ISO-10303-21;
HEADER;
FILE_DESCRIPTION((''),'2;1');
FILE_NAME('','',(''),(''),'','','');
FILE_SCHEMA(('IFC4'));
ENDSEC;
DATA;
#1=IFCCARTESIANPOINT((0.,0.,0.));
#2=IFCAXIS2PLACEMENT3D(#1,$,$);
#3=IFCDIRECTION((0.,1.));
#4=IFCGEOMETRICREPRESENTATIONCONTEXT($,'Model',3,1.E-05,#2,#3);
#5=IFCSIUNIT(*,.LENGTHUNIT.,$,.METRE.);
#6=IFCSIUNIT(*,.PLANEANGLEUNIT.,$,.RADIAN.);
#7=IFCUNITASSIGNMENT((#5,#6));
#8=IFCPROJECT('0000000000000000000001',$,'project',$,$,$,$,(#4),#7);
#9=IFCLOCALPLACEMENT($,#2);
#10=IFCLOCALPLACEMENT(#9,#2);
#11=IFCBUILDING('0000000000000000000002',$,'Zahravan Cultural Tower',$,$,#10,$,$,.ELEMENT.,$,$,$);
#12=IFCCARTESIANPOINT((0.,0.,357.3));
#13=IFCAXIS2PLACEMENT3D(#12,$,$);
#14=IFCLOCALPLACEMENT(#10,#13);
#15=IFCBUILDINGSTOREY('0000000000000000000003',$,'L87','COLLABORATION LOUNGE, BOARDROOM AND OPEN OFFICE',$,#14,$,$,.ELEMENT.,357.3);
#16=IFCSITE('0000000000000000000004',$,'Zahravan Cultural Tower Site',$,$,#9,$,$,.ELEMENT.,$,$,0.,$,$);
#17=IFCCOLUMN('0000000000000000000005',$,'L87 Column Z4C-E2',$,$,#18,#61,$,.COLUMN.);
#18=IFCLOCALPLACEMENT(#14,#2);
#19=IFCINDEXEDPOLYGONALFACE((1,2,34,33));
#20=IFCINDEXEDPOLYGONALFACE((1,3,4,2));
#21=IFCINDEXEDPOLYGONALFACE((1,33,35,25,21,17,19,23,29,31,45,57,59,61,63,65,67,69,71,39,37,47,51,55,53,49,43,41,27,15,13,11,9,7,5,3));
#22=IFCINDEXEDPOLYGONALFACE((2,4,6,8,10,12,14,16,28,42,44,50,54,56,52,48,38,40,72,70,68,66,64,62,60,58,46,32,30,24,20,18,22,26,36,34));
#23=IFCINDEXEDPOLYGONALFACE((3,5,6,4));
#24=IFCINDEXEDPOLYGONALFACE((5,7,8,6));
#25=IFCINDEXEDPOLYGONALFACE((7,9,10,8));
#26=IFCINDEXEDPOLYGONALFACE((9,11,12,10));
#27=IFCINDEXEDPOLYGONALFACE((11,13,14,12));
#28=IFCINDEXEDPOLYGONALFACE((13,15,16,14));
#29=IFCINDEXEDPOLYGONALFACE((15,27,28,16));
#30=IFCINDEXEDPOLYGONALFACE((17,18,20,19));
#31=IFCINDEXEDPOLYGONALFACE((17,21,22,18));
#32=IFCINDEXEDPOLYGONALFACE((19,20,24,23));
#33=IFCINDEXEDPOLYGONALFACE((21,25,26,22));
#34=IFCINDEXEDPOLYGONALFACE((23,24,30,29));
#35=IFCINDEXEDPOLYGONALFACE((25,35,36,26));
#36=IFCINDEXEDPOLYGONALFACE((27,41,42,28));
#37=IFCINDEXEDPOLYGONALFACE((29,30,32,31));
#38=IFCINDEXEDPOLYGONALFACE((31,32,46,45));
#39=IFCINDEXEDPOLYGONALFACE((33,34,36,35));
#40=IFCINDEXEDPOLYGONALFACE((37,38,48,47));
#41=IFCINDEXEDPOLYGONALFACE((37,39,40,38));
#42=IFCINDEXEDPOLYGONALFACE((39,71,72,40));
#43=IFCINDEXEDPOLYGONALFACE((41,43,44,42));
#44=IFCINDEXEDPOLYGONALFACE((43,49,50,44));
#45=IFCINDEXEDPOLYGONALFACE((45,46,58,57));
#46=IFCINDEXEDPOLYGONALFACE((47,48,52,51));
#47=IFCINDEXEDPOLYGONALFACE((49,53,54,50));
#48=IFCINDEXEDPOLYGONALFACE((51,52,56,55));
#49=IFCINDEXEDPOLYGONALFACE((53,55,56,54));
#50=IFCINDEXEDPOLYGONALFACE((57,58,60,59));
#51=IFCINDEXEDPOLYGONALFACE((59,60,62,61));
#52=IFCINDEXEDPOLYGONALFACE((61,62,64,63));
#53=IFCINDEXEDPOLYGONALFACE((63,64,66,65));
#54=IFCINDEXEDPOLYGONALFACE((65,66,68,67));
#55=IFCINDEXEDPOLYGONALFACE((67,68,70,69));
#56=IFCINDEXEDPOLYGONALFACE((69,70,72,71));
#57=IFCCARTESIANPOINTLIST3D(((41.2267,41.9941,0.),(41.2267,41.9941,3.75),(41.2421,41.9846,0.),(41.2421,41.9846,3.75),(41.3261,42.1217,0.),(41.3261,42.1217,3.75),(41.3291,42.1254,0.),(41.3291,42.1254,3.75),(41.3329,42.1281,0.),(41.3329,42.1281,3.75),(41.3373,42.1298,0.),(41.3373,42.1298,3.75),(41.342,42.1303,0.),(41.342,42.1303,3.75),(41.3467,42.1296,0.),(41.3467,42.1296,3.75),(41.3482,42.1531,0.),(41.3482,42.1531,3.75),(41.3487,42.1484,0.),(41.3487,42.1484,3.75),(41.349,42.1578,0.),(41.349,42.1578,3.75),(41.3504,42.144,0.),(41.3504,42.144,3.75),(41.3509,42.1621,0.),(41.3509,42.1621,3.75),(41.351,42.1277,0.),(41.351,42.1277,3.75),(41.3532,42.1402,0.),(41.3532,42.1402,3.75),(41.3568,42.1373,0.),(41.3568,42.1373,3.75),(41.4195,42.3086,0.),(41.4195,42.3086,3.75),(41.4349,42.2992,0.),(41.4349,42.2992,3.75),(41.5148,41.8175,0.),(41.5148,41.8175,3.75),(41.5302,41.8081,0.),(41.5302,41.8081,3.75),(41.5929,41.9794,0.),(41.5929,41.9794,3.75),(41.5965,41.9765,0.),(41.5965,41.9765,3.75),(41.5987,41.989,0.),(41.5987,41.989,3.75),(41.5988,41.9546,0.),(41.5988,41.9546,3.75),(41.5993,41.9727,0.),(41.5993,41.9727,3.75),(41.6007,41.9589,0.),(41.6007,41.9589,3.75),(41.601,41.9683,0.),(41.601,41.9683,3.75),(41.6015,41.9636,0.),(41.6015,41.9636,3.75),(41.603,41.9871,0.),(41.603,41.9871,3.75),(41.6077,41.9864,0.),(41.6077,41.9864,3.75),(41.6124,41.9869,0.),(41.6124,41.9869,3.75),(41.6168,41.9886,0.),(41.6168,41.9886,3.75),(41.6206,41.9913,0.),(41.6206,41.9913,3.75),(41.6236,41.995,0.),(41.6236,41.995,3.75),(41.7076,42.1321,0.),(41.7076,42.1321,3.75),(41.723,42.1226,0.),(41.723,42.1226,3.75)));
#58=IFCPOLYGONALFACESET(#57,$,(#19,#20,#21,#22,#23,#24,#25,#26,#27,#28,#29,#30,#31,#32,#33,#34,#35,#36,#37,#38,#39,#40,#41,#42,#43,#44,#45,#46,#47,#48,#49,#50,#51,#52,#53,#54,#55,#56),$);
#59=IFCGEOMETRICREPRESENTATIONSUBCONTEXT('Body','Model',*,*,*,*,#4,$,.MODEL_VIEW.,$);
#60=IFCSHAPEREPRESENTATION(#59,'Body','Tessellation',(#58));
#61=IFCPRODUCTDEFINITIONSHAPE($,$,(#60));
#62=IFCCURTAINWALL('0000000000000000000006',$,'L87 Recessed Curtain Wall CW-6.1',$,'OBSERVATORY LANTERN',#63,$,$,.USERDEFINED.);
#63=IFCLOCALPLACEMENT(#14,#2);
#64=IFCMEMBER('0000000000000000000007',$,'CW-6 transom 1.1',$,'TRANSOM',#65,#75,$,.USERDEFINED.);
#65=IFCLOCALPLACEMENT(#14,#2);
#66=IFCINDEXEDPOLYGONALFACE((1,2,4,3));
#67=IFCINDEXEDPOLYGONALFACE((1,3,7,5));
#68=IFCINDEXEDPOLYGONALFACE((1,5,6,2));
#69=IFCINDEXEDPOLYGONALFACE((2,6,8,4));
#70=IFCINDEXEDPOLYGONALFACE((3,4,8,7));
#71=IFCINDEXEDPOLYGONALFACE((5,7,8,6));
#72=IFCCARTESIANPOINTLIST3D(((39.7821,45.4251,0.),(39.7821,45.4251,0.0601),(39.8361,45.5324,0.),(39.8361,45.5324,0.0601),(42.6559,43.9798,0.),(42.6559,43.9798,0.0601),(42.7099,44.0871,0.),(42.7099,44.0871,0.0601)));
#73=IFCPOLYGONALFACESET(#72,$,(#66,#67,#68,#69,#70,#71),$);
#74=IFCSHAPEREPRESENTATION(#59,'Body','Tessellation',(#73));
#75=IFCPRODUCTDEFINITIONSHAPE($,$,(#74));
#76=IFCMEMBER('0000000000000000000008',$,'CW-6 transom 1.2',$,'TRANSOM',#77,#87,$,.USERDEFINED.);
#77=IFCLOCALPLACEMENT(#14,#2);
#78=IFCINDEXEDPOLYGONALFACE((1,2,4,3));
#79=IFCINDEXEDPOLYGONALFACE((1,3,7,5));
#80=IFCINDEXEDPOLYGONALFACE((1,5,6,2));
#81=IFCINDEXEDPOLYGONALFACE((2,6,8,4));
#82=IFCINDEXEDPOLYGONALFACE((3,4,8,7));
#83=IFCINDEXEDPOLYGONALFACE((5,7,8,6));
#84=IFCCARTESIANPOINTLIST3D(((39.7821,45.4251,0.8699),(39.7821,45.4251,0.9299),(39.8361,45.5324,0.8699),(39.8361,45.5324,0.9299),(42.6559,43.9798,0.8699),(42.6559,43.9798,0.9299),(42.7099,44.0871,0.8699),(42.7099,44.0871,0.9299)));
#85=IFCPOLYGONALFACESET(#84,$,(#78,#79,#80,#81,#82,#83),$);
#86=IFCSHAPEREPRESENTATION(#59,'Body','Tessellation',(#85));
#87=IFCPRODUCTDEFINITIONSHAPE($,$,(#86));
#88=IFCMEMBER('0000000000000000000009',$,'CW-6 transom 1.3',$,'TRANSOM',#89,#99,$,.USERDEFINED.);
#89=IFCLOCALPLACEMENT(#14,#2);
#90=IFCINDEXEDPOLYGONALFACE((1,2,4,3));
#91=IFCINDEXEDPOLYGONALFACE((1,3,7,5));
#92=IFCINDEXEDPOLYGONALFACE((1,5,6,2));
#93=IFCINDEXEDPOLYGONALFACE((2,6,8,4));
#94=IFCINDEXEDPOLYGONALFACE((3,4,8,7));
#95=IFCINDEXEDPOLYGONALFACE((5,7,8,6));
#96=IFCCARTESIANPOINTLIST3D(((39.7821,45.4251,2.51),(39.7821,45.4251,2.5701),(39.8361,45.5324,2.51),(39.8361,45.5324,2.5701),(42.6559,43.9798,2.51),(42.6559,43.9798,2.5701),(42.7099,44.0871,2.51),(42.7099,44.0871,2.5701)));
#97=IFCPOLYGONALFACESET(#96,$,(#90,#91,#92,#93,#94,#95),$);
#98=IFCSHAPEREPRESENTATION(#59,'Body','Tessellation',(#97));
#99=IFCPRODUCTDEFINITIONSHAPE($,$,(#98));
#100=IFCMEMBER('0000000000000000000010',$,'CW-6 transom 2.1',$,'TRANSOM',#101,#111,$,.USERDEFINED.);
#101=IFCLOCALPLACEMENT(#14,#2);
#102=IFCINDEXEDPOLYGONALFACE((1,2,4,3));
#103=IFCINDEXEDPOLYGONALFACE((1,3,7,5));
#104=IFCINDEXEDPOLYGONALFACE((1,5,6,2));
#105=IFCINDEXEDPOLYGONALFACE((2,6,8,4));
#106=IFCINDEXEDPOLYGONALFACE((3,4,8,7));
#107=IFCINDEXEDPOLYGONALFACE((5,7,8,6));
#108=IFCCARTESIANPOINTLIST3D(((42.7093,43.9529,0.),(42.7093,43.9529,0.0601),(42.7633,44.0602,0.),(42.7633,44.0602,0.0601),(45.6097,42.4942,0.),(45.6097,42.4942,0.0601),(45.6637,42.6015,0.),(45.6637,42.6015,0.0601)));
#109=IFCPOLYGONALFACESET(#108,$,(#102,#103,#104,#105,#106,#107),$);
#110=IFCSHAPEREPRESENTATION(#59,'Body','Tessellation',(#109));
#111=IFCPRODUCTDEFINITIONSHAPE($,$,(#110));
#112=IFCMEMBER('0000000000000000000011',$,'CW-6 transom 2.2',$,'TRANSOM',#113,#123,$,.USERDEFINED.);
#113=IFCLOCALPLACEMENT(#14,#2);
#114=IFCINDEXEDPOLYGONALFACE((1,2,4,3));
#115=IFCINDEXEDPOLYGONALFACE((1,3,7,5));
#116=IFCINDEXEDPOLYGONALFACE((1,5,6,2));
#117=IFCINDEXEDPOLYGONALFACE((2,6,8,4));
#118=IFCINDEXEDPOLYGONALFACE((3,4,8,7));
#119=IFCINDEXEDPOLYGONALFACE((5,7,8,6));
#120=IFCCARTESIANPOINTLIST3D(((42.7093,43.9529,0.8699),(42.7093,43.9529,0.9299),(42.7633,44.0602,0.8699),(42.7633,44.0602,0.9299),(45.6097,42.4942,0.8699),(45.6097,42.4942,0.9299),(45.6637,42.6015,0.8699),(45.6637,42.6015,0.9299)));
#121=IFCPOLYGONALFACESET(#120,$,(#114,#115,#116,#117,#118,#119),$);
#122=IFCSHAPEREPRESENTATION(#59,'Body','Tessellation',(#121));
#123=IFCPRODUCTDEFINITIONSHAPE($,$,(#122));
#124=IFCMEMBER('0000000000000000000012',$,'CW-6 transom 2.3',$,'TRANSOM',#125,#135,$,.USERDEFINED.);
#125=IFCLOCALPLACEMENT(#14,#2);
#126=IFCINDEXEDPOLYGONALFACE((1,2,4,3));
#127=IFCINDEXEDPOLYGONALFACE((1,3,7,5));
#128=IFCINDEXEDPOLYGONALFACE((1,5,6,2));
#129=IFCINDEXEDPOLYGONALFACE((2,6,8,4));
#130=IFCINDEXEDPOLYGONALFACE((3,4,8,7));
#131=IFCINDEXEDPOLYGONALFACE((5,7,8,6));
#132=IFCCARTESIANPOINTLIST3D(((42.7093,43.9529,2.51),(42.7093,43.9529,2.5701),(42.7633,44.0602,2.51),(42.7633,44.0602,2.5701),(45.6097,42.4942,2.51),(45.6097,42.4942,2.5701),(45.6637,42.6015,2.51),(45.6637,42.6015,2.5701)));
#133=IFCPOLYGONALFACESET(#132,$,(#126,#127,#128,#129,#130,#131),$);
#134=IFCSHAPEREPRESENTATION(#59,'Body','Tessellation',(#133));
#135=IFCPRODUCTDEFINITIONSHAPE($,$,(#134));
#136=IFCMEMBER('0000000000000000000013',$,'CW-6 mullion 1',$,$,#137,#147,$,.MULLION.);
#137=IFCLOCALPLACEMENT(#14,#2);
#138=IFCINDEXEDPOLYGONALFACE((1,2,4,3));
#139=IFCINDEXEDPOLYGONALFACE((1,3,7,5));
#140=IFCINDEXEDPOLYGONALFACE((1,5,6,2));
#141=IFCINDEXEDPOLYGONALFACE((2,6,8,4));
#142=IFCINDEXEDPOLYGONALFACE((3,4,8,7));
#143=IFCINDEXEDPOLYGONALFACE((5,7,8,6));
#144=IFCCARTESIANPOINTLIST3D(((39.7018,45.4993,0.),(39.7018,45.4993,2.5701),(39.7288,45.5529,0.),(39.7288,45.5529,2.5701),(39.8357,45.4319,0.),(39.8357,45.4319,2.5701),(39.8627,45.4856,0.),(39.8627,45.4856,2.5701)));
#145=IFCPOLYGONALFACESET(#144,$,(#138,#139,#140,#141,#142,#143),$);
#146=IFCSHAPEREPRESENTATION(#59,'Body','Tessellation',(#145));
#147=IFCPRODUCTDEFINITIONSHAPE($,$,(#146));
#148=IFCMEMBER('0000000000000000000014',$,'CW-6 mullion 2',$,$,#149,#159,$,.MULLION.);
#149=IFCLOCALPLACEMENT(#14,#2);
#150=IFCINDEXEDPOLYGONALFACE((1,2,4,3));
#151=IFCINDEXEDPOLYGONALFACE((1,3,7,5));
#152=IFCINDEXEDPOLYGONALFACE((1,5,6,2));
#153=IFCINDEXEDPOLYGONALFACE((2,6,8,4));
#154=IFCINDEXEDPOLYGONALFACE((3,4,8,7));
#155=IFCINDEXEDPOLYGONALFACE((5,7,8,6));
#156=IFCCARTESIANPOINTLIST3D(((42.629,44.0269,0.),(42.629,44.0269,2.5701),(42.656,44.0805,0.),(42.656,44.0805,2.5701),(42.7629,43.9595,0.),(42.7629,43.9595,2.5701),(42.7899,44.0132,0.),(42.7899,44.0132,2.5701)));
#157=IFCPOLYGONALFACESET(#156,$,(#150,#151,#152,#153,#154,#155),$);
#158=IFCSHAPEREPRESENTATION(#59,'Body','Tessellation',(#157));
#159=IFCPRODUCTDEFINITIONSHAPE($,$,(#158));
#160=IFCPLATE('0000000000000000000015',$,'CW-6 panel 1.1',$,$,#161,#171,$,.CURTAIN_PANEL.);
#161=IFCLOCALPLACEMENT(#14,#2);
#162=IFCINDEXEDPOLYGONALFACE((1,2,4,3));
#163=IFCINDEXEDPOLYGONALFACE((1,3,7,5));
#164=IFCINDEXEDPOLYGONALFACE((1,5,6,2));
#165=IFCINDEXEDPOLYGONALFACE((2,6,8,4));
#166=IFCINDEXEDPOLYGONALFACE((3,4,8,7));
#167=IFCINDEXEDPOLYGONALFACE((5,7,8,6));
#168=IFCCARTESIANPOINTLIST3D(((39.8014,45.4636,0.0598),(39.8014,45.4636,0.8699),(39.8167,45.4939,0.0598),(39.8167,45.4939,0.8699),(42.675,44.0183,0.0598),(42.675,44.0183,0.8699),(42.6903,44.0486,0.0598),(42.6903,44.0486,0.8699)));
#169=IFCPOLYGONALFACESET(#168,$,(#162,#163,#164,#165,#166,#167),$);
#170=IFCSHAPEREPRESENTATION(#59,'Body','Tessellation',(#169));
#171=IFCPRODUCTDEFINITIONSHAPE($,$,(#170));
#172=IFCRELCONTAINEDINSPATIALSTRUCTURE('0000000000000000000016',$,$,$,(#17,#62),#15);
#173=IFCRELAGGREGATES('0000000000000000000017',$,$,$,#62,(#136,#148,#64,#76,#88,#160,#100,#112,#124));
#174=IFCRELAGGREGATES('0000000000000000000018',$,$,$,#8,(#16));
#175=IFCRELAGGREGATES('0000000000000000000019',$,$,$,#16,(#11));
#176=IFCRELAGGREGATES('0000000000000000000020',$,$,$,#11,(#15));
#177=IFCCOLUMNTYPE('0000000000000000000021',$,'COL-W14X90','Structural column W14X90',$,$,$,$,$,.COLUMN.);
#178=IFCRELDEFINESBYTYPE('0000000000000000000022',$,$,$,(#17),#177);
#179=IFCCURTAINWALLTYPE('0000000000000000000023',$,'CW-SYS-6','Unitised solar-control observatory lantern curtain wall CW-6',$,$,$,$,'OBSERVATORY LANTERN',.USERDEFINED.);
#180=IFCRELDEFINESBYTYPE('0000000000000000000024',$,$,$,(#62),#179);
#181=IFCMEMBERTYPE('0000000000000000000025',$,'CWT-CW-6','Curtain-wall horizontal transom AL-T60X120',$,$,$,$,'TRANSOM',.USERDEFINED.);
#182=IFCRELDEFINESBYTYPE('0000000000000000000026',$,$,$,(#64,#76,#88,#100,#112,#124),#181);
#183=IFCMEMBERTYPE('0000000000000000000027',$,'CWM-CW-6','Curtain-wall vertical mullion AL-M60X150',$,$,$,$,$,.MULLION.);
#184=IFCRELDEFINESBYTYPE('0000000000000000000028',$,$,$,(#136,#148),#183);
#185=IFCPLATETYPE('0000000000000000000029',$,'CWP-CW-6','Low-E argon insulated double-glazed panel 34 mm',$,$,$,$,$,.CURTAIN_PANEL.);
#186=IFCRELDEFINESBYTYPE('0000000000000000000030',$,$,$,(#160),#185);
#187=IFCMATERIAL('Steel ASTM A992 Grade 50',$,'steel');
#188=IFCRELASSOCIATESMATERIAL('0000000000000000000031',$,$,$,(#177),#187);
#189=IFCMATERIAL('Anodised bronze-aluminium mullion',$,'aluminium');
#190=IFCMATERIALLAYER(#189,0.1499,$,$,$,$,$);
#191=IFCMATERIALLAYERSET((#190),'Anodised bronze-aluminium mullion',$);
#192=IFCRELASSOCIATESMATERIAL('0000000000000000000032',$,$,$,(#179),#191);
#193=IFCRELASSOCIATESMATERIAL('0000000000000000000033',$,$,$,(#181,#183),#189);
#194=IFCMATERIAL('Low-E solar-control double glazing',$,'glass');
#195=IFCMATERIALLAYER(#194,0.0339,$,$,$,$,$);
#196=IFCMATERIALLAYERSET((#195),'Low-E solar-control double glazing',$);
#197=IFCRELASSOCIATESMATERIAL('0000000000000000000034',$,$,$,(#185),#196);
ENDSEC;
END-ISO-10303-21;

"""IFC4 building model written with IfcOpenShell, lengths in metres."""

from ifc_helpers import new_model, si_unit, direction, frame, origin, origin_2d, place, context, subcontext, project, spatial, rectangle, i_section, extrude, source, transform, mapped, material, layer, layer_set, material_profile, profile_set, type_object, element, aggregate, save


model = new_model("IFC4")

# Units and contexts
model_context = context("Model", 3, precision=1e-05, world=origin(), true_north=direction((0.0, 1.0)))
body_context = subcontext(model_context, "Body", "Model", "MODEL_VIEW")
ifc_project = project(units=[si_unit("LENGTHUNIT", "METRE"), si_unit("PLANEANGLEUNIT", "RADIAN")], contexts=[model_context])

# Site, building, storey
site_placement = place(None, origin())
site = spatial("IfcSite", under=ifc_project, at=site_placement, Name="Zahravan Cultural Tower Site", CompositionType="ELEMENT", RefElevation=0.0)
building_placement = place(site_placement, origin())
building = spatial("IfcBuilding", under=site, at=building_placement, Name="Zahravan Cultural Tower", CompositionType="ELEMENT")
storey_placement = place(building_placement, frame((0.0, 0.0, 357.3)))
storey = spatial("IfcBuildingStorey", under=building, at=storey_placement, Name="L87", Description="COLLABORATION LOUNGE, BOARDROOM AND OPEN OFFICE", CompositionType="ELEMENT", Elevation=357.3)

# Column
ifc_material_1 = material(Name="Steel ASTM A992 Grade 50", Category="steel")
ifc_material_profile_1 = material_profile(ifc_material_1, i_section(OverallWidth=0.3689, OverallDepth=0.356, WebThickness=0.0112, FlangeThickness=0.0181, FilletRadius=0.0181, at=origin_2d()), Name="W14X90")
ifc_profile_set_1 = profile_set([ifc_material_profile_1], Name="Steel ASTM A992 Grade 50")
column_type = type_object("IfcColumnType", Name="COL-W14X90", Description="Structural column W14X90", PredefinedType="COLUMN", material=ifc_profile_set_1)
shared_shape_1 = source(origin(), body_context, "Body", "SweptSolid", [
    extrude(i_section(OverallWidth=0.3689, OverallDepth=0.356, WebThickness=0.0112, FlangeThickness=0.0181, FilletRadius=0.0181, at=origin_2d()), origin(), (0.0, 0.0, 1.0), 3.75),
])
column_placement = place(storey_placement, frame((41.4749, 42.0583, 0.0), z_axis=(0.0, 0.0, 1.0), x_axis=(0.522499, 0.85264, 0.0)))
element("IfcColumn", 1, at=column_placement, inside=storey, type_object=column_type, Name="L87 Column Z4C-E2", PredefinedType="COLUMN", context=body_context, shape_type="MappedRepresentation", body=[
    mapped(shared_shape_1, transform((0.0, 0.0, 0.0), x_axis=(1.0, 0.0, 0.0), y_axis=(0.0, 1.0, 0.0), z_axis=(0.0, 0.0, 1.0), scale=1.0)),
])

# Curtain wall, members, plate
ifc_material_2 = material(Name="Anodised bronze-aluminium mullion", Category="aluminium")
ifc_layer_1 = layer(ifc_material_2, 0.1499)
ifc_layer_set_1 = layer_set([ifc_layer_1], Name="Anodised bronze-aluminium mullion")
curtain_wall_type = type_object("IfcCurtainWallType", Name="CW-SYS-6", Description="Unitised solar-control observatory lantern curtain wall CW-6", ElementType="OBSERVATORY LANTERN", PredefinedType="USERDEFINED", material=ifc_layer_set_1)
curtain_wall_placement = place(storey_placement, origin())
curtain_wall = element("IfcCurtainWall", 2, at=curtain_wall_placement, inside=storey, type_object=curtain_wall_type, Name="L87 Recessed Curtain Wall CW-6.1", ObjectType="OBSERVATORY LANTERN", PredefinedType="USERDEFINED")
ifc_material_profile_2 = material_profile(ifc_material_2, rectangle(XDim=0.1201, YDim=0.0601, at=origin_2d()), Name="AL-T60X120")
ifc_profile_set_2 = profile_set([ifc_material_profile_2], Name="Anodised bronze-aluminium mullion")
member_type_1 = type_object("IfcMemberType", Name="CWT-CW-6", Description="Curtain-wall horizontal transom AL-T60X120", ElementType="TRANSOM", PredefinedType="USERDEFINED", material=ifc_profile_set_2)
shared_shape_2 = source(origin(), body_context, "Body", "SweptSolid", [
    extrude(rectangle(XDim=0.1201, YDim=0.0601, at=origin_2d()), origin(), (0.0, 0.0, 1.0), 3.2168),
])
member_1_placement = place(storey_placement, frame((39.8091, 45.4788, 0.03), z_axis=(0.893377, -0.449307, 0.0), x_axis=(0.449307, 0.893377, 0.0)))
member_1 = element("IfcMember", 3, at=member_1_placement, type_object=member_type_1, Name="CW-6 transom 1.1", ObjectType="TRANSOM", PredefinedType="USERDEFINED", context=body_context, shape_type="MappedRepresentation", body=[
    mapped(shared_shape_2, transform((0.0, 0.0, 0.0), x_axis=(1.0, 0.0, 0.0), y_axis=(0.0, 1.0, 0.0), z_axis=(0.0, 0.0, 1.0), scale=1.0)),
])
member_2_placement = place(storey_placement, frame((39.8091, 45.4788, 0.8999), z_axis=(0.893377, -0.449307, 0.0), x_axis=(0.449307, 0.893377, 0.0)))
member_2 = element("IfcMember", 4, at=member_2_placement, type_object=member_type_1, Name="CW-6 transom 1.2", ObjectType="TRANSOM", PredefinedType="USERDEFINED", context=body_context, shape_type="MappedRepresentation", body=[
    mapped(shared_shape_2, transform((0.0, 0.0, 0.0), x_axis=(1.0, 0.0, 0.0), y_axis=(0.0, 1.0, 0.0), z_axis=(0.0, 0.0, 1.0), scale=1.0)),
])
member_3_placement = place(storey_placement, frame((39.8091, 45.4788, 2.54), z_axis=(0.893377, -0.449307, 0.0), x_axis=(0.449307, 0.893377, 0.0)))
member_3 = element("IfcMember", 5, at=member_3_placement, type_object=member_type_1, Name="CW-6 transom 1.3", ObjectType="TRANSOM", PredefinedType="USERDEFINED", context=body_context, shape_type="MappedRepresentation", body=[
    mapped(shared_shape_2, transform((0.0, 0.0, 0.0), x_axis=(1.0, 0.0, 0.0), y_axis=(0.0, 1.0, 0.0), z_axis=(0.0, 0.0, 1.0), scale=1.0)),
])
shared_shape_3 = source(origin(), body_context, "Body", "SweptSolid", [
    extrude(rectangle(XDim=0.1201, YDim=0.0601, at=origin_2d()), origin(), (0.0, 0.0, 1.0), 3.2466),
])
member_4_placement = place(storey_placement, frame((42.7363, 44.0066, 0.03), z_axis=(0.893372, -0.449318, 0.0), x_axis=(0.449318, 0.893372, 0.0)))
member_4 = element("IfcMember", 6, at=member_4_placement, type_object=member_type_1, Name="CW-6 transom 2.1", ObjectType="TRANSOM", PredefinedType="USERDEFINED", context=body_context, shape_type="MappedRepresentation", body=[
    mapped(shared_shape_3, transform((0.0, 0.0, 0.0), x_axis=(1.0, 0.0, 0.0), y_axis=(0.0, 1.0, 0.0), z_axis=(0.0, 0.0, 1.0), scale=1.0)),
])
member_5_placement = place(storey_placement, frame((42.7363, 44.0066, 0.8999), z_axis=(0.893372, -0.449318, 0.0), x_axis=(0.449318, 0.893372, 0.0)))
member_5 = element("IfcMember", 7, at=member_5_placement, type_object=member_type_1, Name="CW-6 transom 2.2", ObjectType="TRANSOM", PredefinedType="USERDEFINED", context=body_context, shape_type="MappedRepresentation", body=[
    mapped(shared_shape_3, transform((0.0, 0.0, 0.0), x_axis=(1.0, 0.0, 0.0), y_axis=(0.0, 1.0, 0.0), z_axis=(0.0, 0.0, 1.0), scale=1.0)),
])
member_6_placement = place(storey_placement, frame((42.7363, 44.0066, 2.54), z_axis=(0.893372, -0.449318, 0.0), x_axis=(0.449318, 0.893372, 0.0)))
member_6 = element("IfcMember", 8, at=member_6_placement, type_object=member_type_1, Name="CW-6 transom 2.3", ObjectType="TRANSOM", PredefinedType="USERDEFINED", context=body_context, shape_type="MappedRepresentation", body=[
    mapped(shared_shape_3, transform((0.0, 0.0, 0.0), x_axis=(1.0, 0.0, 0.0), y_axis=(0.0, 1.0, 0.0), z_axis=(0.0, 0.0, 1.0), scale=1.0)),
])
ifc_material_profile_3 = material_profile(ifc_material_2, rectangle(XDim=0.0601, YDim=0.1499, at=origin_2d()), Name="AL-M60X150")
ifc_profile_set_3 = profile_set([ifc_material_profile_3], Name="Anodised bronze-aluminium mullion")
member_type_2 = type_object("IfcMemberType", Name="CWM-CW-6", Description="Curtain-wall vertical mullion AL-M60X150", PredefinedType="MULLION", material=ifc_profile_set_3)
shared_shape_4 = source(origin(), body_context, "Body", "SweptSolid", [
    extrude(rectangle(XDim=0.0601, YDim=0.1499, at=origin_2d()), origin(), (0.0, 0.0, 1.0), 2.5701),
])
member_7_placement = place(storey_placement, frame((39.7822, 45.4924, 0.0), z_axis=(0.0, 0.0, 1.0), x_axis=(0.449317, 0.893372, 0.0)))
member_7 = element("IfcMember", 9, at=member_7_placement, type_object=member_type_2, Name="CW-6 mullion 1", PredefinedType="MULLION", context=body_context, shape_type="MappedRepresentation", body=[
    mapped(shared_shape_4, transform((0.0, 0.0, 0.0), x_axis=(1.0, 0.0, 0.0), y_axis=(0.0, 1.0, 0.0), z_axis=(0.0, 0.0, 1.0), scale=1.0)),
])
member_8_placement = place(storey_placement, frame((42.7095, 44.02, 0.0), z_axis=(0.0, 0.0, 1.0), x_axis=(0.449317, 0.893372, 0.0)))
member_8 = element("IfcMember", 10, at=member_8_placement, type_object=member_type_2, Name="CW-6 mullion 2", PredefinedType="MULLION", context=body_context, shape_type="MappedRepresentation", body=[
    mapped(shared_shape_4, transform((0.0, 0.0, 0.0), x_axis=(1.0, 0.0, 0.0), y_axis=(0.0, 1.0, 0.0), z_axis=(0.0, 0.0, 1.0), scale=1.0)),
])
ifc_material_3 = material(Name="Low-E solar-control double glazing", Category="glass")
ifc_layer_2 = layer(ifc_material_3, 0.0339)
ifc_layer_set_2 = layer_set([ifc_layer_2], Name="Low-E solar-control double glazing")
plate_type = type_object("IfcPlateType", Name="CWP-CW-6", Description="Low-E argon insulated double-glazed panel 34 mm", PredefinedType="CURTAIN_PANEL", material=ifc_layer_set_2)
shared_shape_5 = source(origin(), body_context, "Body", "SweptSolid", [
    extrude(rectangle(XDim=3.2166, YDim=0.0339, at=origin_2d()), origin(), (0.0, 0.0, 1.0), 0.8101),
])
plate_1_placement = place(storey_placement, frame((41.2458, 44.7561, 0.0598), z_axis=(0.0, 0.0, 1.0), x_axis=(0.893372, -0.449317, 0.0)))
plate_1 = element("IfcPlate", 11, at=plate_1_placement, type_object=plate_type, Name="CW-6 panel 1.1", PredefinedType="CURTAIN_PANEL", context=body_context, shape_type="MappedRepresentation", body=[
    mapped(shared_shape_5, transform((0.0, 0.0, 0.0), x_axis=(1.0, 0.0, 0.0), y_axis=(0.0, 1.0, 0.0), z_axis=(0.0, 0.0, 1.0), scale=1.0)),
])
aggregate(curtain_wall, [member_7, member_8, member_1, member_2, member_3, plate_1, member_4, member_5, member_6])

save(model, "model.ifc")
